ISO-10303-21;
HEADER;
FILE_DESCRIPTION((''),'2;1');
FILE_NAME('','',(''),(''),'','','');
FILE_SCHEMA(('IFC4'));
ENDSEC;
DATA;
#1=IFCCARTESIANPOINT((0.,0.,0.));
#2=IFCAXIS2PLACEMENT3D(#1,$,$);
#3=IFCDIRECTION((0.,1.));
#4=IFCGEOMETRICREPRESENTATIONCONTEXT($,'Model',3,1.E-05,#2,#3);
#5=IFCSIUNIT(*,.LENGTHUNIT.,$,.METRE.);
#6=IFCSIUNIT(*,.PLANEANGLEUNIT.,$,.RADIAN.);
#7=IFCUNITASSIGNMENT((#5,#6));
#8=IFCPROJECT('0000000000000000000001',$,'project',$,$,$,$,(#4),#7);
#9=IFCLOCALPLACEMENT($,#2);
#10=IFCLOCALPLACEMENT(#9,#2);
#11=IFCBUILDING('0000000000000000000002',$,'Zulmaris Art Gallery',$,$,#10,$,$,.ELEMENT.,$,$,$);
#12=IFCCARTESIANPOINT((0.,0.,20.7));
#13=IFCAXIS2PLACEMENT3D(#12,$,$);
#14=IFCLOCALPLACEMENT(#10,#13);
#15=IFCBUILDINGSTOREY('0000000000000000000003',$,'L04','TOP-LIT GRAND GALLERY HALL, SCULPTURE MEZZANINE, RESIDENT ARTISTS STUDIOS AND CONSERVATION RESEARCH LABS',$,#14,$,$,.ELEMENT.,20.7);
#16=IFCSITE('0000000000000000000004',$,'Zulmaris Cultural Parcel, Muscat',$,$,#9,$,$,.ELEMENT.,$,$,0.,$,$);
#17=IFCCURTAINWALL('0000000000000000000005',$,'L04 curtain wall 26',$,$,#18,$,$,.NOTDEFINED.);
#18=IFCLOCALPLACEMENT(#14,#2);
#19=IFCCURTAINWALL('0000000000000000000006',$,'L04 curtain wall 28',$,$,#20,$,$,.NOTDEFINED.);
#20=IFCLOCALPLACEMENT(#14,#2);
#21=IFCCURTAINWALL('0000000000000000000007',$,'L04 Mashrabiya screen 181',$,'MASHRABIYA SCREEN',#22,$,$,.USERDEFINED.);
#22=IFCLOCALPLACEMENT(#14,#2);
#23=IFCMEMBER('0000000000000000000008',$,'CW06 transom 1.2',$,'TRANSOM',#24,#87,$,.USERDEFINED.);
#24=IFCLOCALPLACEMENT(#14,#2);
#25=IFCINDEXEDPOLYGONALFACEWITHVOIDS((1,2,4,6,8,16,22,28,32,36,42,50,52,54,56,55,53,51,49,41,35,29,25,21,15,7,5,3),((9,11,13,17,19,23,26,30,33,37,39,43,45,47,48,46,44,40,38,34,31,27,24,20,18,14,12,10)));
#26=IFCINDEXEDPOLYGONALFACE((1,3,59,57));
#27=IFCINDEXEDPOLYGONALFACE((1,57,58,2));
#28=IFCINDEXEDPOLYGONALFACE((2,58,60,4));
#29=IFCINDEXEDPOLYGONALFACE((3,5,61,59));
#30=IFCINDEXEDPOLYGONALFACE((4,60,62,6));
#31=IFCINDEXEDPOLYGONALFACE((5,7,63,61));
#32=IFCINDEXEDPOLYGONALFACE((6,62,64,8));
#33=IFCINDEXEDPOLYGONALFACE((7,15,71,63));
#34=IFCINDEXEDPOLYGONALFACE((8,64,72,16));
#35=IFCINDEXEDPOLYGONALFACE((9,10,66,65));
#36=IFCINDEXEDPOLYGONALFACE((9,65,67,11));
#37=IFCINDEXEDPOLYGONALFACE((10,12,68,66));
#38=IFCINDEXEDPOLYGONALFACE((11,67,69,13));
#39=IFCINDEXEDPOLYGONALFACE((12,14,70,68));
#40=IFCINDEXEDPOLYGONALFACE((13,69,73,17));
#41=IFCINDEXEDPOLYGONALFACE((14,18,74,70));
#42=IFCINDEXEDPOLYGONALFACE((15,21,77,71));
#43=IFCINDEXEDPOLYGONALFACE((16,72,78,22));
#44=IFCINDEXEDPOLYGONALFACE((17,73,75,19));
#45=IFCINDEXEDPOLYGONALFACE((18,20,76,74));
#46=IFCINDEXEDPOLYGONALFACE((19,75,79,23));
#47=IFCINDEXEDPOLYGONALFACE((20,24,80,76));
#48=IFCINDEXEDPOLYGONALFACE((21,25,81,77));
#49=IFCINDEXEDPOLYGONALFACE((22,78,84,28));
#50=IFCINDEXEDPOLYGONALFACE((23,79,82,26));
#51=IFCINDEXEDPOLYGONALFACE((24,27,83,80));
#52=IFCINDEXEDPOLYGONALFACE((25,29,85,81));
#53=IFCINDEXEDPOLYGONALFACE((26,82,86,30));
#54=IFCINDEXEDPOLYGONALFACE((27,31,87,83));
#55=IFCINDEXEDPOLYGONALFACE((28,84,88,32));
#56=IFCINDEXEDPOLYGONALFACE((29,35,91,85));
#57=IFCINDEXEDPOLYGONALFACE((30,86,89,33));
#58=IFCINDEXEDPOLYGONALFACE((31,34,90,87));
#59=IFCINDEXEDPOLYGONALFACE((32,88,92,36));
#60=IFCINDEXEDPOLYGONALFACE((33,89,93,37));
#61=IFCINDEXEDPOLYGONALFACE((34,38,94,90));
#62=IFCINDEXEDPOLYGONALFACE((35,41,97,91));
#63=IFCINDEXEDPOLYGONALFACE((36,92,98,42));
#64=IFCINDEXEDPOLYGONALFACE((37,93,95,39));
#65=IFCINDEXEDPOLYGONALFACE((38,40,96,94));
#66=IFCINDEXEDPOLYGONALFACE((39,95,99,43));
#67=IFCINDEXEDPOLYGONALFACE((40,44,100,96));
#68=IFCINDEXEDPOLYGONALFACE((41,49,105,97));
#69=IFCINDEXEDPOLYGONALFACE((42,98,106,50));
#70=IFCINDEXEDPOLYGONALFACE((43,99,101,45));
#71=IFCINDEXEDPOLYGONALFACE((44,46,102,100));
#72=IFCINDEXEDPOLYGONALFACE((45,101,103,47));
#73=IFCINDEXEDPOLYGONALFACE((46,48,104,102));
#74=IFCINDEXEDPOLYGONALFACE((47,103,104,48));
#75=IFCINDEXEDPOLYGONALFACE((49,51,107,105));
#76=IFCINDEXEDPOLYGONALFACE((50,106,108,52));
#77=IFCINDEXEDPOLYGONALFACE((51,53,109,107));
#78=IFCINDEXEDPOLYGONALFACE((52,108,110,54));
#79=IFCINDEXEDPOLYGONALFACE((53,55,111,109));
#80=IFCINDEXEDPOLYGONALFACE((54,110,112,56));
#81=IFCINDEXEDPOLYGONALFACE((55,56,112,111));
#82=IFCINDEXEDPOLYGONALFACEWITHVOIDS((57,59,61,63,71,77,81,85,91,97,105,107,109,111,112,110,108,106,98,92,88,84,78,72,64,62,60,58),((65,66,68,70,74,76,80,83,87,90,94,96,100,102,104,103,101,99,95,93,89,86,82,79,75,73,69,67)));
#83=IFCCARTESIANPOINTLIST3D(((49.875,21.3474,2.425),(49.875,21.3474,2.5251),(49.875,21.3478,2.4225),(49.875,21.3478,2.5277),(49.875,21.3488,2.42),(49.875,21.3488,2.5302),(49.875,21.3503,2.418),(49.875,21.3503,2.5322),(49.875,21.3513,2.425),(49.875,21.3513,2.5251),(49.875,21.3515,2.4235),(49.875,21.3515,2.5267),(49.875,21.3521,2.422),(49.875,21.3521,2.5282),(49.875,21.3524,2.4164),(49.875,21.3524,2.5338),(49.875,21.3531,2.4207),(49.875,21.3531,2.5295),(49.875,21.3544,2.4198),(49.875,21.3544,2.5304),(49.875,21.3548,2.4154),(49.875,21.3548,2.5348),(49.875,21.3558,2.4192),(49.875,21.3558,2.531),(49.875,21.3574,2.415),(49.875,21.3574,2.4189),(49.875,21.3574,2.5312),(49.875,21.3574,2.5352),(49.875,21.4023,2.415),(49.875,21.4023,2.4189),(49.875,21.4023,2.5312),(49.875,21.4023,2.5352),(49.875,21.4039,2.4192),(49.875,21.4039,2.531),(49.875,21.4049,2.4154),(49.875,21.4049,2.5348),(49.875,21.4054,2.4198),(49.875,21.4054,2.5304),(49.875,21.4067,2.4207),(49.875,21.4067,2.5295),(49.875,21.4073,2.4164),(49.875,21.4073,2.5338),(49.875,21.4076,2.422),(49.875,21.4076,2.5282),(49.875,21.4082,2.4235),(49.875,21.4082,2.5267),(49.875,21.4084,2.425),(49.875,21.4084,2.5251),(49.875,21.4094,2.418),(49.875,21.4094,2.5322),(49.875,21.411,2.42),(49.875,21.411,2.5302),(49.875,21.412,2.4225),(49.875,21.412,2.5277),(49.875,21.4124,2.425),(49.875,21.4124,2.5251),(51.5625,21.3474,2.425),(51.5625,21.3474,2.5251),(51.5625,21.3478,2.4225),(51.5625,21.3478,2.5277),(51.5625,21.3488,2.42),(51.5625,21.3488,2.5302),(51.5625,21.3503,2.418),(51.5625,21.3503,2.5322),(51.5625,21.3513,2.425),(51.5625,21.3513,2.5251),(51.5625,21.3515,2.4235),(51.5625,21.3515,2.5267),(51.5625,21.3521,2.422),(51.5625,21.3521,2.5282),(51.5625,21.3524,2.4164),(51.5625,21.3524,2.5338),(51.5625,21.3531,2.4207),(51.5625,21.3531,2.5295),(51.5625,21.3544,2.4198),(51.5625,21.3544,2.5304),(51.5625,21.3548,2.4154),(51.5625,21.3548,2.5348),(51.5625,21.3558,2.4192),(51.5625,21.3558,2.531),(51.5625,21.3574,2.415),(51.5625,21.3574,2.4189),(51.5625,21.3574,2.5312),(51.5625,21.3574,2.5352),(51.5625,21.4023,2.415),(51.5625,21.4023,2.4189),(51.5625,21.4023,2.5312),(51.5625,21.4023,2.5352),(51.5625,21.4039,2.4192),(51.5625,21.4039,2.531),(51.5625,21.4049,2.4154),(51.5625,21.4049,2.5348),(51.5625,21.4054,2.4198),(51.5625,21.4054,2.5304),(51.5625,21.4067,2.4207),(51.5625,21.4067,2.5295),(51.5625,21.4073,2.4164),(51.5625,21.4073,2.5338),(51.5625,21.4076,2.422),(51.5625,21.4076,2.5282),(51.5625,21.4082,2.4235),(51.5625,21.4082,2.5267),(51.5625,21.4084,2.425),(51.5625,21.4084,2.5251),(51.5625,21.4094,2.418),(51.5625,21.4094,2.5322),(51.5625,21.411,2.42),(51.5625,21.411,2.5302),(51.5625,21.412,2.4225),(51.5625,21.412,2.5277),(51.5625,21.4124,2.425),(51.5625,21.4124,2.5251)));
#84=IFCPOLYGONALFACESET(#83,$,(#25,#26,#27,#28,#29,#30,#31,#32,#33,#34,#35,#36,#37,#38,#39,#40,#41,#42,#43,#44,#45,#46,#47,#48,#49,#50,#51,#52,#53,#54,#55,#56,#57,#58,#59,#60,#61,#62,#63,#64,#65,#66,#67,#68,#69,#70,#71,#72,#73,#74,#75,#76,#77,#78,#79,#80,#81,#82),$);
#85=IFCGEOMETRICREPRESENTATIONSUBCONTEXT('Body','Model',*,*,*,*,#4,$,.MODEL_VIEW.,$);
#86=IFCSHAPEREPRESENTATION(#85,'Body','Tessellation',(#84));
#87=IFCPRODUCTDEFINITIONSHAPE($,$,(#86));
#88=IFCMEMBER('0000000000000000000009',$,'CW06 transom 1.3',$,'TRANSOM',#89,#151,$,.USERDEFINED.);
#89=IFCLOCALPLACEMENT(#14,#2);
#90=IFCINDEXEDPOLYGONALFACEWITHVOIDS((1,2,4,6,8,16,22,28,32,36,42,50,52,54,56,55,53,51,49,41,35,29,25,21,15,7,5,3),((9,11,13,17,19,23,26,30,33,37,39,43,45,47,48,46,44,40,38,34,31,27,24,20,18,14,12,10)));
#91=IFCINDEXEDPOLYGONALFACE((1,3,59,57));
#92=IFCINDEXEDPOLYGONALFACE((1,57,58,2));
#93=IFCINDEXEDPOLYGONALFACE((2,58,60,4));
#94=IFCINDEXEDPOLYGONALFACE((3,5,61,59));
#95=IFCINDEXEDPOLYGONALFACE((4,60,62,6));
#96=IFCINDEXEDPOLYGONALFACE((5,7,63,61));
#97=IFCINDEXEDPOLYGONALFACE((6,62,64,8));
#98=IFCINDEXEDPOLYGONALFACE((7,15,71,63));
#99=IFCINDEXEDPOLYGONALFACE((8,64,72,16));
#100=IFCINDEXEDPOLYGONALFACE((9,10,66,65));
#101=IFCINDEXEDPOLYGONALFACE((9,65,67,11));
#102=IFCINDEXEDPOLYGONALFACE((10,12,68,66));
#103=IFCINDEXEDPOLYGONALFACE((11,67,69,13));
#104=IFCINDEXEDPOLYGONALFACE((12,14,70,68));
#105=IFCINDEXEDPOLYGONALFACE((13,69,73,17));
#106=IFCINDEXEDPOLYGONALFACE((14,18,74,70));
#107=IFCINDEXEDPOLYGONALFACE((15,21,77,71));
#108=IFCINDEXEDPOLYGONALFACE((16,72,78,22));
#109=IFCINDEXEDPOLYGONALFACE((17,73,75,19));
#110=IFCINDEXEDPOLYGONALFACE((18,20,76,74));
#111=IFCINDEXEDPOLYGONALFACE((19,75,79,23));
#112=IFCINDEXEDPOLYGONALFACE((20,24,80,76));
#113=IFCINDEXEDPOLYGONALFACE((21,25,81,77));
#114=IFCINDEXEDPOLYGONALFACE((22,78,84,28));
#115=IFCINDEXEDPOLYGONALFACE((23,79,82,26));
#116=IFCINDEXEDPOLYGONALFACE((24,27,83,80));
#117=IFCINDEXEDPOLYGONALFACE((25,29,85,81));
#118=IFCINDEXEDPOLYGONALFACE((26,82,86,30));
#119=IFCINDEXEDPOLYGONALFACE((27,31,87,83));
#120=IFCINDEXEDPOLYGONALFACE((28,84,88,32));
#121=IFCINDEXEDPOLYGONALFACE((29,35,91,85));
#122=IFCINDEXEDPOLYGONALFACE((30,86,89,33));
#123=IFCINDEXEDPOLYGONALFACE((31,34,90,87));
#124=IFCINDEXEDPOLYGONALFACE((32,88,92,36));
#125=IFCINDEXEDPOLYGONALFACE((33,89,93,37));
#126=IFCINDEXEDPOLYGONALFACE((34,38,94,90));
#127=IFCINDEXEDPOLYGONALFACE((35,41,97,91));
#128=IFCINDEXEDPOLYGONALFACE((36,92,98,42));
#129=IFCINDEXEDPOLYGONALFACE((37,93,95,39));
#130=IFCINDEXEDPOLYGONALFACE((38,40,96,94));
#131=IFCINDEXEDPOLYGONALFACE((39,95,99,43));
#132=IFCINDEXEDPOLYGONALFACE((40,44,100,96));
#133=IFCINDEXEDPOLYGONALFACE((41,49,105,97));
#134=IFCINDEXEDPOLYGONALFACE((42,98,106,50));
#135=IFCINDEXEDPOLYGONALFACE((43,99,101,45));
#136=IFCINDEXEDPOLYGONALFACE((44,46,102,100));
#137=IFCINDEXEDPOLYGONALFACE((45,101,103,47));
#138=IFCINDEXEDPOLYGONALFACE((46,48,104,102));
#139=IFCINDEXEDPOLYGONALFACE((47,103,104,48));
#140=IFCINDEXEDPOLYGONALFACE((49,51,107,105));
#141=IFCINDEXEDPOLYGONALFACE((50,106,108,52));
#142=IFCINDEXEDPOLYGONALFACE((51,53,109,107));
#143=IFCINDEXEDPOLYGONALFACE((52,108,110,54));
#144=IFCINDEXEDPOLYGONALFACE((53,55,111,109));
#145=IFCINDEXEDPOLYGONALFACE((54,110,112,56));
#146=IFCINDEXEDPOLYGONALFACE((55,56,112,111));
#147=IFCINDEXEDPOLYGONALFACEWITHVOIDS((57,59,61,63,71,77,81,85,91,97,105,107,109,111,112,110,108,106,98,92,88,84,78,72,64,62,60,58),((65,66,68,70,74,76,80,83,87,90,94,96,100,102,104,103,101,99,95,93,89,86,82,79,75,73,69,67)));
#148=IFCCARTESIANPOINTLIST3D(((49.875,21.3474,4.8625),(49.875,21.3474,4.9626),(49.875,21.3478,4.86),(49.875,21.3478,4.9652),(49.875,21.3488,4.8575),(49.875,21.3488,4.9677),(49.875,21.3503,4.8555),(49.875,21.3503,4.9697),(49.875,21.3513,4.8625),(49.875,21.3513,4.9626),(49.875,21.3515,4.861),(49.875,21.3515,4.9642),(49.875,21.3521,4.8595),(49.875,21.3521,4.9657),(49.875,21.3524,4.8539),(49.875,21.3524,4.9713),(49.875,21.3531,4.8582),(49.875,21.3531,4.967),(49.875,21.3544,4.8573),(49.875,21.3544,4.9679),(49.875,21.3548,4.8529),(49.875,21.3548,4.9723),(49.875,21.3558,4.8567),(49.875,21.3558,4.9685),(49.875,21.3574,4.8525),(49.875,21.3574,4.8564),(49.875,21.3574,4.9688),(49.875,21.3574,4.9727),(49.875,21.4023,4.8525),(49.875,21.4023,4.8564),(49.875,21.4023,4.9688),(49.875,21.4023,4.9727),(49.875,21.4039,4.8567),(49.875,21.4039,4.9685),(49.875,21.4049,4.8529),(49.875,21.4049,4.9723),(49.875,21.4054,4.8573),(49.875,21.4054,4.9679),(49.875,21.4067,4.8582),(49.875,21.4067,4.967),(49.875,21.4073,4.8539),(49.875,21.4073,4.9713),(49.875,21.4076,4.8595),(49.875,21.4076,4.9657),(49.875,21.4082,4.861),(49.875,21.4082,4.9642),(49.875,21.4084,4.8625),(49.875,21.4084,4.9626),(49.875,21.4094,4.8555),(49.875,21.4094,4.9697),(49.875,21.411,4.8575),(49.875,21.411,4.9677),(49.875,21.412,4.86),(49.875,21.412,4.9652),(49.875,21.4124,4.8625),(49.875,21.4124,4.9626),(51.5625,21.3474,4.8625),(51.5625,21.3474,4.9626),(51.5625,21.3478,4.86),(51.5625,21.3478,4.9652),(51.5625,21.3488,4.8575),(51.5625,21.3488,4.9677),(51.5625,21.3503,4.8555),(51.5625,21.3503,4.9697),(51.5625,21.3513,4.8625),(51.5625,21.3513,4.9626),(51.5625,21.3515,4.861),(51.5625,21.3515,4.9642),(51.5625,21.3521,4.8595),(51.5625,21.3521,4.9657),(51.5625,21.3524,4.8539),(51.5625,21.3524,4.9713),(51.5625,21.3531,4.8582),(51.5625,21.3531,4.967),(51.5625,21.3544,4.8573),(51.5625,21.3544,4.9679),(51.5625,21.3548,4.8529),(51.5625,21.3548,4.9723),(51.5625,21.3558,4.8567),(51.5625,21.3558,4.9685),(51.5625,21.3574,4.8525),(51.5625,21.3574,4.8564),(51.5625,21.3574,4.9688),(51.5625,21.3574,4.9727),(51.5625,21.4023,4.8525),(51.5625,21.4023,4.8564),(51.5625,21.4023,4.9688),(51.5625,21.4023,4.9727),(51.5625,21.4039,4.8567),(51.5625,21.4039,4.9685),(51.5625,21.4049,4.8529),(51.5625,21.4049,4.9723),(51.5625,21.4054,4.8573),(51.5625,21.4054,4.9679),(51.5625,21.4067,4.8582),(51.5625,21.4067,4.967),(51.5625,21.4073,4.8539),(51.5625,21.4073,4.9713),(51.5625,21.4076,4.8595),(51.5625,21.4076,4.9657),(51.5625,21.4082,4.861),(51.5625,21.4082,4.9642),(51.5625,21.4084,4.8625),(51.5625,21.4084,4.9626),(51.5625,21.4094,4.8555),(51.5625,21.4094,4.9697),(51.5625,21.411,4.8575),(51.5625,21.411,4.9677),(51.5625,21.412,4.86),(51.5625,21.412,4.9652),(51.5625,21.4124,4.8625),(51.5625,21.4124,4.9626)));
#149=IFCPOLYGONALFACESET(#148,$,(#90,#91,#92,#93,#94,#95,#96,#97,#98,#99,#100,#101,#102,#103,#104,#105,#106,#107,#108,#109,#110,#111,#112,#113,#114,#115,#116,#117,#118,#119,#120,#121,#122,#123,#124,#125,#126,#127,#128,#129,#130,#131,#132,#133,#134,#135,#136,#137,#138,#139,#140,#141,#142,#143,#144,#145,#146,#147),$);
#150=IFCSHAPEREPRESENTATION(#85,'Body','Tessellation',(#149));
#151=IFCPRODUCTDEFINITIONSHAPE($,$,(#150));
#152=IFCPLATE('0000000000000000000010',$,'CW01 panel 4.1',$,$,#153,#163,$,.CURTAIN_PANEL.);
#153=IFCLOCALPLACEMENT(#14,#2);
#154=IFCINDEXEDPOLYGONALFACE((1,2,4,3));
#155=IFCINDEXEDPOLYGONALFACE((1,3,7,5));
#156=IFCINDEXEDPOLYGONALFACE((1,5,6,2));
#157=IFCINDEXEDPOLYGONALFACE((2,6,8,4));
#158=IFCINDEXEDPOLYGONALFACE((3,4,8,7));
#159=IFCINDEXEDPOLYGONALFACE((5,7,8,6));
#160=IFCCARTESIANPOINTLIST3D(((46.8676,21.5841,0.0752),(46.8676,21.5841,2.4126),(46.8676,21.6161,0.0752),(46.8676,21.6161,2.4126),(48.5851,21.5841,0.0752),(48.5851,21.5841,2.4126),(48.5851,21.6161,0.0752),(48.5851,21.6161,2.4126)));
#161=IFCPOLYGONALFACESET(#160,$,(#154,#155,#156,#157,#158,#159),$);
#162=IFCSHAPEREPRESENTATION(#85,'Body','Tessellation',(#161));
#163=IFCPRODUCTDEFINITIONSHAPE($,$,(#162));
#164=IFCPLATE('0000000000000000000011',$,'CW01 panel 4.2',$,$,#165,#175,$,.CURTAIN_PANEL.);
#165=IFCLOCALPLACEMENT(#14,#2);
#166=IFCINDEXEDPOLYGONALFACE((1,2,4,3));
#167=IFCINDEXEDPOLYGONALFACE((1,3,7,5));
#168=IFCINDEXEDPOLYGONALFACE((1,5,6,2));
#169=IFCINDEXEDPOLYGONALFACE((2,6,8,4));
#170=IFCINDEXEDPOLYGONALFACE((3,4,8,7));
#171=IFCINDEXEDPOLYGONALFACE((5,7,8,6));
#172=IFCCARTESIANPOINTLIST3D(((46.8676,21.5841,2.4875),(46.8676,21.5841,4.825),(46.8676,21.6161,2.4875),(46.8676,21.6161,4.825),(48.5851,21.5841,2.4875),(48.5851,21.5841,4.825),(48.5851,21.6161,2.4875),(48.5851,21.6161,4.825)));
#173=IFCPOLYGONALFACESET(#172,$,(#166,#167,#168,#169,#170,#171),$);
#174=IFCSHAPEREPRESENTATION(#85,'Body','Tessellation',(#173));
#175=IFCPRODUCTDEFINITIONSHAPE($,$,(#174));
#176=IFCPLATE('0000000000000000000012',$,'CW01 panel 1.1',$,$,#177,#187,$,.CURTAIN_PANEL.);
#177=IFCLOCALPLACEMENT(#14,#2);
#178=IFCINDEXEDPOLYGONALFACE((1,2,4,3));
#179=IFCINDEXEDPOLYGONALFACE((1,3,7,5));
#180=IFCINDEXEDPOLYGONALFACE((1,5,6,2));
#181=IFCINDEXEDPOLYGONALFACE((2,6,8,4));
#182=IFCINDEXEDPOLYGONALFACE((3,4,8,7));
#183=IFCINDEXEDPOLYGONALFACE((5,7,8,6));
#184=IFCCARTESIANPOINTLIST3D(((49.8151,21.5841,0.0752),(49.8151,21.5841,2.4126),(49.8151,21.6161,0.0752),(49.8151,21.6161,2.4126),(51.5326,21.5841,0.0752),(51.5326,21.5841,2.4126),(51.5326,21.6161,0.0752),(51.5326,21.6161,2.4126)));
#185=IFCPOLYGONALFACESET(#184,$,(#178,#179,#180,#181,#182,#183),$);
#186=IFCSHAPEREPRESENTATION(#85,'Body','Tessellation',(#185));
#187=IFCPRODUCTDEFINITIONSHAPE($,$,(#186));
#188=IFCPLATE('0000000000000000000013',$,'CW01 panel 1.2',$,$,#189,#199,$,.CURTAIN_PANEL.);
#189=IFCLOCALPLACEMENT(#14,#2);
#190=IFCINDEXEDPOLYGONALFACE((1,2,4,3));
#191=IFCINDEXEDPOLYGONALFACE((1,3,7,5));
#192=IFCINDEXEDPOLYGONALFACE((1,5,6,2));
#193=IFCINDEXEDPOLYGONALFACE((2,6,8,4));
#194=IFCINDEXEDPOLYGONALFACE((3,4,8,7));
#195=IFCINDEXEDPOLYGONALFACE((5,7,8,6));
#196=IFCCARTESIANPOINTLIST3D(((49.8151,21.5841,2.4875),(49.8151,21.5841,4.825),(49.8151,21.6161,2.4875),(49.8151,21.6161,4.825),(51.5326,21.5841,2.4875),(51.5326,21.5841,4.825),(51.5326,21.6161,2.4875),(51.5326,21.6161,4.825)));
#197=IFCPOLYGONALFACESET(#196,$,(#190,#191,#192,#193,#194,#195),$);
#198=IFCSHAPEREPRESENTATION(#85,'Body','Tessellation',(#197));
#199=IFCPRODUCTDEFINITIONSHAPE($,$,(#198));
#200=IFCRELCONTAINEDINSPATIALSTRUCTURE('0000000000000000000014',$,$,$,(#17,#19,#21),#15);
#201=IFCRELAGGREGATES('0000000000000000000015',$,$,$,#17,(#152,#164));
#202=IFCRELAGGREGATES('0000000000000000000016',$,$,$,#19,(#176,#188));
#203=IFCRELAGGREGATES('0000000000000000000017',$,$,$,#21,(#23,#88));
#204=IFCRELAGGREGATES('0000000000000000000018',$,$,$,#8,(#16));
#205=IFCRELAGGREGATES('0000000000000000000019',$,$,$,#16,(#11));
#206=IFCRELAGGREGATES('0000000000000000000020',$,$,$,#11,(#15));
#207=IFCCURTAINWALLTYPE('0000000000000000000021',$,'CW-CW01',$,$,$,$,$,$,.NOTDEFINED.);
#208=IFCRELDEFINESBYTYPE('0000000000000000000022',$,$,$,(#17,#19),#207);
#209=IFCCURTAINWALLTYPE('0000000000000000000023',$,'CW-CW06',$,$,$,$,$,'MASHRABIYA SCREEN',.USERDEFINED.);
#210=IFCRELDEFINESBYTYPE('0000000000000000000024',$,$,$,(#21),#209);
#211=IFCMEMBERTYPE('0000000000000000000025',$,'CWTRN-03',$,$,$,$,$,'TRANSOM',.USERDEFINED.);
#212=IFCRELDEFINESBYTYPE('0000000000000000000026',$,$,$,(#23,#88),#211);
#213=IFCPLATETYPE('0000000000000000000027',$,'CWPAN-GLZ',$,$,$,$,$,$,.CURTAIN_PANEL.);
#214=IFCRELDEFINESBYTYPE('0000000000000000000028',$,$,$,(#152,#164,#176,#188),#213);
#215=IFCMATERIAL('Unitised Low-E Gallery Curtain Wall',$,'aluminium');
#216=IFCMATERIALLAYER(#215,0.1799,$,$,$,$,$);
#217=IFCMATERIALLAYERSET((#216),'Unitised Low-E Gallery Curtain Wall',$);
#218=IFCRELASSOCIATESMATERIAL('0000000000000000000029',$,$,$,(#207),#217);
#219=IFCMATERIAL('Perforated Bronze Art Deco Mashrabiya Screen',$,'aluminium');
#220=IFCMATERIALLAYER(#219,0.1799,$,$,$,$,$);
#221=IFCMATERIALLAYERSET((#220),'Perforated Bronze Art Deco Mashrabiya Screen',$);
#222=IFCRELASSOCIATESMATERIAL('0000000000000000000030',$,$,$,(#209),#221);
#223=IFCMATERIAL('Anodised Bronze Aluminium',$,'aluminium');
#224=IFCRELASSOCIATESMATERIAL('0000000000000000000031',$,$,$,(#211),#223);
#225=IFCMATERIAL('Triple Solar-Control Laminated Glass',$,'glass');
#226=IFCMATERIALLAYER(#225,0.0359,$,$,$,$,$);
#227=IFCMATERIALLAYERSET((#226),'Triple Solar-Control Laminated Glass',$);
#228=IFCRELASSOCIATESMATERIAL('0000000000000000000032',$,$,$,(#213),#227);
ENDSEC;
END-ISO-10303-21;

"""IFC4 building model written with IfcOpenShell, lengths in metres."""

from ifc_helpers import new_model, si_unit, direction, frame, origin, origin_2d, place, context, subcontext, project, spatial, rectangle, hollow_rectangle, extrude, material, layer, layer_set, material_profile, profile_set, type_object, element, aggregate, save


model = new_model("IFC4")

# Units and contexts
model_context = context("Model", 3, precision=1e-05, world=origin(), true_north=direction((0.0, 1.0)))
body_context = subcontext(model_context, "Body", "Model", "MODEL_VIEW")
ifc_project = project(units=[si_unit("LENGTHUNIT", "METRE"), si_unit("PLANEANGLEUNIT", "RADIAN")], contexts=[model_context])

# Site, building, storey
site_placement = place(None, origin())
site = spatial("IfcSite", under=ifc_project, at=site_placement, Name="Zulmaris Cultural Parcel, Muscat", CompositionType="ELEMENT", RefElevation=0.0)
building_placement = place(site_placement, origin())
building = spatial("IfcBuilding", under=site, at=building_placement, Name="Zulmaris Art Gallery", CompositionType="ELEMENT")
storey_placement = place(building_placement, frame((0.0, 0.0, 20.7)))
storey = spatial("IfcBuildingStorey", under=building, at=storey_placement, Name="L04", Description="TOP-LIT GRAND GALLERY HALL, SCULPTURE MEZZANINE, RESIDENT ARTISTS STUDIOS AND CONSERVATION RESEARCH LABS", CompositionType="ELEMENT", Elevation=20.7)

# Curtain wall
ifc_material_1 = material(Name="Unitised Low-E Gallery Curtain Wall", Category="aluminium")
ifc_layer_1 = layer(ifc_material_1, 0.1799)
ifc_layer_set_1 = layer_set([ifc_layer_1], Name="Unitised Low-E Gallery Curtain Wall")
curtain_wall_type_1 = type_object("IfcCurtainWallType", Name="CW-CW01", PredefinedType="NOTDEFINED", material=ifc_layer_set_1)
curtain_wall_1_placement = place(storey_placement, origin())
curtain_wall_1 = element("IfcCurtainWall", 1, at=curtain_wall_1_placement, inside=storey, type_object=curtain_wall_type_1, Name="L04 curtain wall 26", PredefinedType="NOTDEFINED")
ifc_material_2 = material(Name="Anodised Bronze Aluminium", Category="aluminium")

# Curtain wall
curtain_wall_2_placement = place(storey_placement, origin())
curtain_wall_2 = element("IfcCurtainWall", 2, at=curtain_wall_2_placement, inside=storey, type_object=curtain_wall_type_1, Name="L04 curtain wall 28", PredefinedType="NOTDEFINED")

# Curtain wall
ifc_material_3 = material(Name="Perforated Bronze Art Deco Mashrabiya Screen", Category="aluminium")
ifc_layer_2 = layer(ifc_material_3, 0.1799)
ifc_layer_set_2 = layer_set([ifc_layer_2], Name="Perforated Bronze Art Deco Mashrabiya Screen")
curtain_wall_type_2 = type_object("IfcCurtainWallType", Name="CW-CW06", ElementType="MASHRABIYA SCREEN", PredefinedType="USERDEFINED", material=ifc_layer_set_2)
curtain_wall_3_placement = place(storey_placement, origin())
curtain_wall_3 = element("IfcCurtainWall", 3, at=curtain_wall_3_placement, inside=storey, type_object=curtain_wall_type_2, Name="L04 Mashrabiya screen 181", ObjectType="MASHRABIYA SCREEN", PredefinedType="USERDEFINED")

# Members
ifc_material_profile_1 = material_profile(ifc_material_2, hollow_rectangle(XDim=0.0649, YDim=0.1201, WallThickness=0.0039, InnerFilletRadius=0.0061, OuterFilletRadius=0.01, at=origin_2d()), Name="ALU 65x120x4")
ifc_profile_set_1 = profile_set([ifc_material_profile_1], Name="Anodised Bronze Aluminium")
member_type_1 = type_object("IfcMemberType", Name="CWTRN-03", ElementType="TRANSOM", PredefinedType="USERDEFINED", material=ifc_profile_set_1)
member_1_placement = place(storey_placement, frame((49.875, 21.3799, 2.4751), z_axis=(1.0, 0.0, 0.0), x_axis=(0.0, 1.0, 0.0)))
member_1 = element("IfcMember", 4, at=member_1_placement, type_object=member_type_1, Name="CW06 transom 1.2", ObjectType="TRANSOM", PredefinedType="USERDEFINED", context=body_context, shape_type="SweptSolid", body=[
    extrude(hollow_rectangle(XDim=0.0649, YDim=0.1201, WallThickness=0.0039, InnerFilletRadius=0.0061, OuterFilletRadius=0.01, at=origin_2d()), origin(), (0.0, 0.0, 1.0), 1.6875),
])
member_2_placement = place(storey_placement, frame((49.875, 21.3799, 4.9126), z_axis=(1.0, 0.0, 0.0), x_axis=(0.0, 1.0, 0.0)))
member_2 = element("IfcMember", 5, at=member_2_placement, type_object=member_type_1, Name="CW06 transom 1.3", ObjectType="TRANSOM", PredefinedType="USERDEFINED", context=body_context, shape_type="SweptSolid", body=[
    extrude(hollow_rectangle(XDim=0.0649, YDim=0.1201, WallThickness=0.0039, InnerFilletRadius=0.0061, OuterFilletRadius=0.01, at=origin_2d()), origin(), (0.0, 0.0, 1.0), 1.6875),
])

# Plates
ifc_material_4 = material(Name="Triple Solar-Control Laminated Glass", Category="glass")
ifc_layer_3 = layer(ifc_material_4, 0.0359)
ifc_layer_set_3 = layer_set([ifc_layer_3], Name="Triple Solar-Control Laminated Glass")
plate_type_1 = type_object("IfcPlateType", Name="CWPAN-GLZ", PredefinedType="CURTAIN_PANEL", material=ifc_layer_set_3)
plate_1_placement = place(storey_placement, frame((47.7263, 21.6001, 0.0752), z_axis=(0.0, 0.0, 1.0), x_axis=(1.0, 0.0, 0.0)))
plate_1 = element("IfcPlate", 6, at=plate_1_placement, type_object=plate_type_1, Name="CW01 panel 4.1", PredefinedType="CURTAIN_PANEL", context=body_context, shape_type="SweptSolid", body=[
    extrude(rectangle(XDim=1.7175, YDim=0.032, at=origin_2d()), origin(), (0.0, 0.0, 1.0), 2.3374),
])
plate_2_placement = place(storey_placement, frame((47.7263, 21.6001, 2.4875), z_axis=(0.0, 0.0, 1.0), x_axis=(1.0, 0.0, 0.0)))
plate_2 = element("IfcPlate", 7, at=plate_2_placement, type_object=plate_type_1, Name="CW01 panel 4.2", PredefinedType="CURTAIN_PANEL", context=body_context, shape_type="SweptSolid", body=[
    extrude(rectangle(XDim=1.7175, YDim=0.032, at=origin_2d()), origin(), (0.0, 0.0, 1.0), 2.3374),
])
aggregate(curtain_wall_1, [plate_1, plate_2])
plate_3_placement = place(storey_placement, frame((50.6738, 21.6001, 0.0752), z_axis=(0.0, 0.0, 1.0), x_axis=(1.0, 0.0, 0.0)))
plate_3 = element("IfcPlate", 8, at=plate_3_placement, type_object=plate_type_1, Name="CW01 panel 1.1", PredefinedType="CURTAIN_PANEL", context=body_context, shape_type="SweptSolid", body=[
    extrude(rectangle(XDim=1.7175, YDim=0.032, at=origin_2d()), origin(), (0.0, 0.0, 1.0), 2.3374),
])
plate_4_placement = place(storey_placement, frame((50.6738, 21.6001, 2.4875), z_axis=(0.0, 0.0, 1.0), x_axis=(1.0, 0.0, 0.0)))
plate_4 = element("IfcPlate", 9, at=plate_4_placement, type_object=plate_type_1, Name="CW01 panel 1.2", PredefinedType="CURTAIN_PANEL", context=body_context, shape_type="SweptSolid", body=[
    extrude(rectangle(XDim=1.7175, YDim=0.032, at=origin_2d()), origin(), (0.0, 0.0, 1.0), 2.3374),
])
aggregate(curtain_wall_2, [plate_3, plate_4])
aggregate(curtain_wall_3, [member_1, member_2])

save(model, "model.ifc")
